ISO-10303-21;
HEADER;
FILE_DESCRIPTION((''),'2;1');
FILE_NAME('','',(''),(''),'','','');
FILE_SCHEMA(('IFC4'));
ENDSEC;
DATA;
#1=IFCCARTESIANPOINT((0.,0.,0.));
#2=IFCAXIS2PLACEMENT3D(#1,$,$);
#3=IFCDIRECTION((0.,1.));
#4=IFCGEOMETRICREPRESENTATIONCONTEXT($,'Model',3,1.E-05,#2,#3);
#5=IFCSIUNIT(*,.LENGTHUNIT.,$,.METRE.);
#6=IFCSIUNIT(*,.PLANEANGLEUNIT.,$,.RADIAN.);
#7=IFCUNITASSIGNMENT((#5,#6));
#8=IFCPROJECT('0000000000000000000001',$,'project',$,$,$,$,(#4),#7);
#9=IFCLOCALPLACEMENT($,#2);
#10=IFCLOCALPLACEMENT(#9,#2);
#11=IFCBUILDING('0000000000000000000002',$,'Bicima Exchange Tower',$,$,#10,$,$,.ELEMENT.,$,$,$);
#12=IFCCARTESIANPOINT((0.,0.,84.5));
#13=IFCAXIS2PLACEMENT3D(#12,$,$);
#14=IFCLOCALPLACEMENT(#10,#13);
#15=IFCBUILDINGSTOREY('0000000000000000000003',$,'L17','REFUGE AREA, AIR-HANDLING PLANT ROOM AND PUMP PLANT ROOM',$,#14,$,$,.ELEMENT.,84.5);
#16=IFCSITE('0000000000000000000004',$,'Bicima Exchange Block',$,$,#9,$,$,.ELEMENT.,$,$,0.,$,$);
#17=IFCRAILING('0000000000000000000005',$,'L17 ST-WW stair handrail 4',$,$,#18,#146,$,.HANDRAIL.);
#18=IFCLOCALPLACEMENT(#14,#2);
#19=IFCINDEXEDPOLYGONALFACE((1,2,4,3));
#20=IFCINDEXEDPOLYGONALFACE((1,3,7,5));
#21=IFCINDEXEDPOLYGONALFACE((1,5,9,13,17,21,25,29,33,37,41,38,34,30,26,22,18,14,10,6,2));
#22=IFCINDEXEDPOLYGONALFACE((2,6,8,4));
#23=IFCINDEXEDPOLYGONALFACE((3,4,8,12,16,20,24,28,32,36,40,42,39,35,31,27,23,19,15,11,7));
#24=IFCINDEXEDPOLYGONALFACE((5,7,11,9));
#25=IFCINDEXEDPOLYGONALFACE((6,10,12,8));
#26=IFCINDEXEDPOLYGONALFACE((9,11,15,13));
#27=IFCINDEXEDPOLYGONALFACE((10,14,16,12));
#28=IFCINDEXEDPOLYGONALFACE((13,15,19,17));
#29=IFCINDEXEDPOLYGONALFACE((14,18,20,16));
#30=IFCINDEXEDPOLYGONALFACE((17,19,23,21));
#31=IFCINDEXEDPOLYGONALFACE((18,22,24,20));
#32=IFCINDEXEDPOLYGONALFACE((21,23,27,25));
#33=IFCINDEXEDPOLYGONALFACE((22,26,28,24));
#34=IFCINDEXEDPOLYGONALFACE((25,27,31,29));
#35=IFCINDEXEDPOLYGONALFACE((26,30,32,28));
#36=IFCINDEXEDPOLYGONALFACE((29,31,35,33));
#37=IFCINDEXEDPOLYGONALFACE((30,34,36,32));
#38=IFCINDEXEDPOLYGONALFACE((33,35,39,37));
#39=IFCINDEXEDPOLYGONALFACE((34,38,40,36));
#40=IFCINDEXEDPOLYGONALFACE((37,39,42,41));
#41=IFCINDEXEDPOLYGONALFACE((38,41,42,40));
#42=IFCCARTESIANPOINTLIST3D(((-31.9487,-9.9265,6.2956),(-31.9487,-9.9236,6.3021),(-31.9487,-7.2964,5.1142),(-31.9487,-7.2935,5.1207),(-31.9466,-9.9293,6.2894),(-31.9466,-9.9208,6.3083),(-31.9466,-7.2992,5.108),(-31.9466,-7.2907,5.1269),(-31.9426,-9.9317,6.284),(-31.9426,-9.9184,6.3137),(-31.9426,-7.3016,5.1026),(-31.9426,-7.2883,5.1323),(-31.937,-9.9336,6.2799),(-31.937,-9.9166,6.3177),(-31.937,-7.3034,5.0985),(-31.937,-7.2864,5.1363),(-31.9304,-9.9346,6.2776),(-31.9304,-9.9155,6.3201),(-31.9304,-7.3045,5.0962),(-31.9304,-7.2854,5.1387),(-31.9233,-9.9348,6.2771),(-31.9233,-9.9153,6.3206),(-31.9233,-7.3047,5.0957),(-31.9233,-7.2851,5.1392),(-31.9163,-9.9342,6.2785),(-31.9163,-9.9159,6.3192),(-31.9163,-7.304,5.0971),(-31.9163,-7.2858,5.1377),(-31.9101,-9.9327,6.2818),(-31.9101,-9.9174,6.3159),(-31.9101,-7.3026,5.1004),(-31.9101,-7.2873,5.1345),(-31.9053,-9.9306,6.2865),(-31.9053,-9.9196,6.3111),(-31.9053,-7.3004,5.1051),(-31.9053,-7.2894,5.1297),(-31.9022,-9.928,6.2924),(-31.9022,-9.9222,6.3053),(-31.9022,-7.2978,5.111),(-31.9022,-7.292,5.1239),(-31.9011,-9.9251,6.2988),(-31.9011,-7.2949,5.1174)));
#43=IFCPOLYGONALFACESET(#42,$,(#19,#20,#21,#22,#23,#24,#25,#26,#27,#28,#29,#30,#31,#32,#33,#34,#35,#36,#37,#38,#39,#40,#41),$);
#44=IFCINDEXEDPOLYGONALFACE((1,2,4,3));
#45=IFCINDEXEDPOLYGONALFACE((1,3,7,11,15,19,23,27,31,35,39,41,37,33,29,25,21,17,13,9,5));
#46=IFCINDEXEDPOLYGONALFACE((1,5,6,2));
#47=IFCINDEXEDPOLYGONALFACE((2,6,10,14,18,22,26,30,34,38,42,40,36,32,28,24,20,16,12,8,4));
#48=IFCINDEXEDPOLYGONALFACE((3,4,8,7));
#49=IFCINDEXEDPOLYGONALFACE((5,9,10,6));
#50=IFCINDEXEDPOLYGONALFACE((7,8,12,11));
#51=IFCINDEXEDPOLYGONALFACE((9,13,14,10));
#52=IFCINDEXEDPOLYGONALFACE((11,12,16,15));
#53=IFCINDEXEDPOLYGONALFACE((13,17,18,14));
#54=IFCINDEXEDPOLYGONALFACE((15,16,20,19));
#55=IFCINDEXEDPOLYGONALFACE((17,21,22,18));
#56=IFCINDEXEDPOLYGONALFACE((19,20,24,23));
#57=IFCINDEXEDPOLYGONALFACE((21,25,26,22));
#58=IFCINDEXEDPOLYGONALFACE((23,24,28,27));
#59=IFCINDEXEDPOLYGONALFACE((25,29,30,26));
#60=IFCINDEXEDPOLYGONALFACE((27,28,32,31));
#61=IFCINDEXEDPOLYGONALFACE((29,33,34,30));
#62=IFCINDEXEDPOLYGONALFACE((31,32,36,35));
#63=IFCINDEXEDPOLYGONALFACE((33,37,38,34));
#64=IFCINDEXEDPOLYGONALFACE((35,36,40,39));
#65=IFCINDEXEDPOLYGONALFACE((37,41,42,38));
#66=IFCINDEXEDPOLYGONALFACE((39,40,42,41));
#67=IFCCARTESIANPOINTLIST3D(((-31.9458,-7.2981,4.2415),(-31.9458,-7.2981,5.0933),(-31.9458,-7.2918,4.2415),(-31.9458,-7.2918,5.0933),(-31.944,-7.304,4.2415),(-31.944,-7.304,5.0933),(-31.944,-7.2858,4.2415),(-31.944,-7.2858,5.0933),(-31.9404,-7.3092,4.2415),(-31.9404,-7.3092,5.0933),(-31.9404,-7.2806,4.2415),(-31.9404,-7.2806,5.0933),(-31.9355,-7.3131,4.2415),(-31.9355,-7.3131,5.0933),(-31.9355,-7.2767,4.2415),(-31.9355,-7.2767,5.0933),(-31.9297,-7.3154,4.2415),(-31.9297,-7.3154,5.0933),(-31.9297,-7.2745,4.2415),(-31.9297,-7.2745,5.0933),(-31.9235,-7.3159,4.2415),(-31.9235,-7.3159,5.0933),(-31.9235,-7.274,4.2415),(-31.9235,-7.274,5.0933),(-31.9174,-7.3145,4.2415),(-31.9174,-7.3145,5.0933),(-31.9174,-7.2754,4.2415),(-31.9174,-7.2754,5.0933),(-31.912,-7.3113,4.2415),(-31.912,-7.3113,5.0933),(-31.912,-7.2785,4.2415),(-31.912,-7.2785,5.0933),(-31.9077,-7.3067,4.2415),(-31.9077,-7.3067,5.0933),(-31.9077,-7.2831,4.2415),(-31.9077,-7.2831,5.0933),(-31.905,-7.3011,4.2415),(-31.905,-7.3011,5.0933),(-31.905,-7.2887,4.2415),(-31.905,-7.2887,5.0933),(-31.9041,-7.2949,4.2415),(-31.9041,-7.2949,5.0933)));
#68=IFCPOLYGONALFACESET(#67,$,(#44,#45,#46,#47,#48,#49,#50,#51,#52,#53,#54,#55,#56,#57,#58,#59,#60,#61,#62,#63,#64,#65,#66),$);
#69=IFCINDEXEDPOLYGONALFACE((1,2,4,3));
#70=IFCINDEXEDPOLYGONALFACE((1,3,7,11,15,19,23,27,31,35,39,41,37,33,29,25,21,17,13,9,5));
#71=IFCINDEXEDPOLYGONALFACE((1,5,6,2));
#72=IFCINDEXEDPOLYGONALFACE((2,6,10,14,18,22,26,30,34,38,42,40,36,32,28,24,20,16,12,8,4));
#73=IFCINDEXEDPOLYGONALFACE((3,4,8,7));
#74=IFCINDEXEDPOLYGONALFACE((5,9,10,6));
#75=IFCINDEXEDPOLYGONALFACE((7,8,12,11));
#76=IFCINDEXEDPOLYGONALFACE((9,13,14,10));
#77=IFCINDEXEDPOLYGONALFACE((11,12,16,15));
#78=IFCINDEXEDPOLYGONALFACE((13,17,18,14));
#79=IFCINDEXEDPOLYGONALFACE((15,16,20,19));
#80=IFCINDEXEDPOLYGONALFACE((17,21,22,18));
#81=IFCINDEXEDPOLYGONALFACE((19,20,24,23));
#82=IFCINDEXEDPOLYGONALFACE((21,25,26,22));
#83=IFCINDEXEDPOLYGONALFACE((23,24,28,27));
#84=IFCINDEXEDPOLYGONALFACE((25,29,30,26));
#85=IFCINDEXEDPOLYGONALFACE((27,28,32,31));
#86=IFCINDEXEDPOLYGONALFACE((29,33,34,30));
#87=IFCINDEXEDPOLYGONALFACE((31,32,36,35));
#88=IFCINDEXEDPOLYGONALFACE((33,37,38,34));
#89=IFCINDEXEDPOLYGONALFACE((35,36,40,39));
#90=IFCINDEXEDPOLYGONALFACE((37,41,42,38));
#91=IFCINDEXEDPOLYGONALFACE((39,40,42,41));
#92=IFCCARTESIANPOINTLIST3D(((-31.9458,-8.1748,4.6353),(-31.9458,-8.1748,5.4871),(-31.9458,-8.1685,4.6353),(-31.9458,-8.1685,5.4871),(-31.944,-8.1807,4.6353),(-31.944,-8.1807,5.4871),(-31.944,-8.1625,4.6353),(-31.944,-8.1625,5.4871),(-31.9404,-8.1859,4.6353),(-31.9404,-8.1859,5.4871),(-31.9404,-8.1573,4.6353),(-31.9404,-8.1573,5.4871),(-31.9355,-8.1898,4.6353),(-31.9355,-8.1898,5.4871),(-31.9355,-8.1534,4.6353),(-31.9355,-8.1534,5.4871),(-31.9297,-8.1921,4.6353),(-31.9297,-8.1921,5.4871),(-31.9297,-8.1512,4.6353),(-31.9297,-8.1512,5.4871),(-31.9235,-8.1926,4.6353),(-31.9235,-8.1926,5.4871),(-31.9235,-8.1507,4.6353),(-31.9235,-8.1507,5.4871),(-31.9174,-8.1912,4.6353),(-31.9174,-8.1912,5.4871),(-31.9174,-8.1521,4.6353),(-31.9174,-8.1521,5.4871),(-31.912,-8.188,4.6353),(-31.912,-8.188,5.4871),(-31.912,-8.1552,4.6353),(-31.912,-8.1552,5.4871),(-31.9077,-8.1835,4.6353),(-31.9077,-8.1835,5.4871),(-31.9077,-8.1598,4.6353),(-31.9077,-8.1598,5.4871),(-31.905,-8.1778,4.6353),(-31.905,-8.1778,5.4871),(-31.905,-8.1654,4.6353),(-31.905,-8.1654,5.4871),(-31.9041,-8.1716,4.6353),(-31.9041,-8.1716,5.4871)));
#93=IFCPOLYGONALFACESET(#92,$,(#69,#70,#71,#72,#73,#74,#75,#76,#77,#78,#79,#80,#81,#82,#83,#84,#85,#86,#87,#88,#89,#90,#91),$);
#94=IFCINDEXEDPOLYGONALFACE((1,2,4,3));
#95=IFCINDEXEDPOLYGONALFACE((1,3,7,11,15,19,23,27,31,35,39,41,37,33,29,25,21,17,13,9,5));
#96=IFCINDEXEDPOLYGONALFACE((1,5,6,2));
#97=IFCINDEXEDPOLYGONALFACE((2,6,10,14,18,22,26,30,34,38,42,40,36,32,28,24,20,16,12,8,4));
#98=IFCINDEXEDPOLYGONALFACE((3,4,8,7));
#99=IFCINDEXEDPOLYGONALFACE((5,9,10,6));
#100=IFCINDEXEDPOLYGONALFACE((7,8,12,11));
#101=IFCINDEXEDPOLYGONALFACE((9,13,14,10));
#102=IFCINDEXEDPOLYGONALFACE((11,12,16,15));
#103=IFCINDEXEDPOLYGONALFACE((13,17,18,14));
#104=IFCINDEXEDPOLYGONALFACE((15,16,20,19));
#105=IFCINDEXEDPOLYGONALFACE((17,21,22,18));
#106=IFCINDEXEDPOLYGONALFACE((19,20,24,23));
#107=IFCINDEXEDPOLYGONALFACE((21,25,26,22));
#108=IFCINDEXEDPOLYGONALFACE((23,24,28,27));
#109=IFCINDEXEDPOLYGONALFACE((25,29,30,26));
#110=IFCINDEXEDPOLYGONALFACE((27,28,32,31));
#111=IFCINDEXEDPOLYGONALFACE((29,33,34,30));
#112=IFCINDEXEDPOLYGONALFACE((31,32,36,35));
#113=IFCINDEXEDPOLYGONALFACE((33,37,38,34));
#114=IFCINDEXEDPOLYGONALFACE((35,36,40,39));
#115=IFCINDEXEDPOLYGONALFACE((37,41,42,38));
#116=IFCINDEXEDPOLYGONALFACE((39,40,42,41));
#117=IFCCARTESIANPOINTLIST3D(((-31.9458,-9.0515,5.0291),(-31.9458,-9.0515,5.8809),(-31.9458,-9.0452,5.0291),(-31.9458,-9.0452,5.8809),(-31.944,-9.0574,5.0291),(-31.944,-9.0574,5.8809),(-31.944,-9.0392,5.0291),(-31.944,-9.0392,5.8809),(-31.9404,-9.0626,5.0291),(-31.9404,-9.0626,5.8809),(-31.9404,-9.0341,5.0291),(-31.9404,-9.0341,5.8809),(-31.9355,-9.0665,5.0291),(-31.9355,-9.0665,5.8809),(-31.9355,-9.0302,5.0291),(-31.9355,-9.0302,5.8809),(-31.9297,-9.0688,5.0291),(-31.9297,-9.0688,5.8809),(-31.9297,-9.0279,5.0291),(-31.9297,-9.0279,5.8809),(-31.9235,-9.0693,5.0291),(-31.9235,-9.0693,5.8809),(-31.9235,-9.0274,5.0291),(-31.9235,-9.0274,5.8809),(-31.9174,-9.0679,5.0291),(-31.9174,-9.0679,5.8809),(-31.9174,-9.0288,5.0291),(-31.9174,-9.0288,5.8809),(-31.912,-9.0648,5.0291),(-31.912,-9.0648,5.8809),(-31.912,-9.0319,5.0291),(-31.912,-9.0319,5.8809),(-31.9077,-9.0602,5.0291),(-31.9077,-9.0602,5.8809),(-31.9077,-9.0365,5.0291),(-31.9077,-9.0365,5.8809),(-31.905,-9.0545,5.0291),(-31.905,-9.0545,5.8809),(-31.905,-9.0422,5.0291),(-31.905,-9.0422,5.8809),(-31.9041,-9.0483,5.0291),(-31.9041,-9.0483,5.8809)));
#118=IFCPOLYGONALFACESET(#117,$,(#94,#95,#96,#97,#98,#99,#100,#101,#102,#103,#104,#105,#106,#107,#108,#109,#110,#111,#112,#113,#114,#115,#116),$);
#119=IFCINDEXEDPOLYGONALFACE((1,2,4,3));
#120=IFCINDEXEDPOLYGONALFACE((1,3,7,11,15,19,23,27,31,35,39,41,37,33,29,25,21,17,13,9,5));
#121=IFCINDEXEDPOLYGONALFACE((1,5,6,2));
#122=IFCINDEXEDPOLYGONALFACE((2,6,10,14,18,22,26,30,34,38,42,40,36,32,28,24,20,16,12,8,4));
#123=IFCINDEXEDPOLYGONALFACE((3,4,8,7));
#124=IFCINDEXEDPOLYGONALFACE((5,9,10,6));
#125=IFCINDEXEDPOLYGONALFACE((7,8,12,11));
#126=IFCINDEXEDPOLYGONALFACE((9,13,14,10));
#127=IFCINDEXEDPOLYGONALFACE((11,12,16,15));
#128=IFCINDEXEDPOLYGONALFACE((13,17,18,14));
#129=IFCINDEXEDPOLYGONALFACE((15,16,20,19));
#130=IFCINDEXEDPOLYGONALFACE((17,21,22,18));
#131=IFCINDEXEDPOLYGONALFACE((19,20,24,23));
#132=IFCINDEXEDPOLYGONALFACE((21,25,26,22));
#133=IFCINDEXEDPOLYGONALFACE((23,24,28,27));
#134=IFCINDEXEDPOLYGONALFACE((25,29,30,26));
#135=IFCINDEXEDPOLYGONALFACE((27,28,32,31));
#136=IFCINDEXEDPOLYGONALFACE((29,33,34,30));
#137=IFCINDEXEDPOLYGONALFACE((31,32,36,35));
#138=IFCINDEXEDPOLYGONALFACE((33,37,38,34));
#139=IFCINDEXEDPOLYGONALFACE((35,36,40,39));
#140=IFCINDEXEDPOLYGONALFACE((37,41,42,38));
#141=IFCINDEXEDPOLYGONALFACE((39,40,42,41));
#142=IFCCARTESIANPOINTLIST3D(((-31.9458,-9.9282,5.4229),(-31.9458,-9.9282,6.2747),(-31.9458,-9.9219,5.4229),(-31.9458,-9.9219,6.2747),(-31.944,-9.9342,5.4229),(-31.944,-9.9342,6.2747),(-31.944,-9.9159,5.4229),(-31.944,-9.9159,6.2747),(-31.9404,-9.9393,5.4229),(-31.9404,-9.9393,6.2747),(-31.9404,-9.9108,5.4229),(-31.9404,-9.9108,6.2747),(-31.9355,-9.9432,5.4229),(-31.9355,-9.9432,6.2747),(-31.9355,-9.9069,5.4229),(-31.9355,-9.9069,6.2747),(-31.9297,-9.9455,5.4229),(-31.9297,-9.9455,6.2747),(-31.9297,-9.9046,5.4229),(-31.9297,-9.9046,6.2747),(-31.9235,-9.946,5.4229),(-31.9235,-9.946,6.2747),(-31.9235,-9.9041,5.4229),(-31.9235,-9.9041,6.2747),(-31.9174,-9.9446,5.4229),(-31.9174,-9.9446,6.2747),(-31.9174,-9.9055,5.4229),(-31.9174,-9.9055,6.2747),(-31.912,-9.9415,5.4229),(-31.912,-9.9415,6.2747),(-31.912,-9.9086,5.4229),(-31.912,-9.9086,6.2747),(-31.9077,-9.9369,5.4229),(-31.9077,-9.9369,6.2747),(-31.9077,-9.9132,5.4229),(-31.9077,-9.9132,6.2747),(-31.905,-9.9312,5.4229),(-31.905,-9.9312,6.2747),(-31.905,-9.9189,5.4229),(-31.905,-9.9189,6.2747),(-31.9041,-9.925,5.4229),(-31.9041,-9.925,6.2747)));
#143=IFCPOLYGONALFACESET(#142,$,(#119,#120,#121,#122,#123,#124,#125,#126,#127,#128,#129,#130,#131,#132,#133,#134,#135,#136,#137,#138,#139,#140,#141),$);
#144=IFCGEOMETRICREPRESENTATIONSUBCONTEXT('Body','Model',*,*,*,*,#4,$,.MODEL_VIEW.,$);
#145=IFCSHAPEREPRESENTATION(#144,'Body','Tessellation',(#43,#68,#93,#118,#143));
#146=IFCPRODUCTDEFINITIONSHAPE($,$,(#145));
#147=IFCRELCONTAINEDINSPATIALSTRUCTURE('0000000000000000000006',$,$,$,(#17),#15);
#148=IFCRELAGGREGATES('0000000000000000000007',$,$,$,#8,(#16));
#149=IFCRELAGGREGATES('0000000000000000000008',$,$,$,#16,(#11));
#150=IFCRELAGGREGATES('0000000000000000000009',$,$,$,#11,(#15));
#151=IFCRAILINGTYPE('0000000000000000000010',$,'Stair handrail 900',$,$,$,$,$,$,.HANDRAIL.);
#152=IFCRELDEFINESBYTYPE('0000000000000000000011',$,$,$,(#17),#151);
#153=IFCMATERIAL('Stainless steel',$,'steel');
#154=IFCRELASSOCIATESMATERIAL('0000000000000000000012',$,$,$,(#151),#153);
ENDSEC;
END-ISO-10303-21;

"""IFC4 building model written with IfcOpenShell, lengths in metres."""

from ifc_helpers import new_model, si_unit, direction, frame, origin, origin_2d, place, context, subcontext, project, spatial, circle, extrude, material, type_object, element, save


model = new_model("IFC4")

# Units and contexts
model_context = context("Model", 3, precision=1e-05, world=origin(), true_north=direction((0.0, 1.0)))
body_context = subcontext(model_context, "Body", "Model", "MODEL_VIEW")
ifc_project = project(units=[si_unit("LENGTHUNIT", "METRE"), si_unit("PLANEANGLEUNIT", "RADIAN")], contexts=[model_context])

# Site, building, storey
site_placement = place(None, origin())
site = spatial("IfcSite", under=ifc_project, at=site_placement, Name="Bicima Exchange Block", CompositionType="ELEMENT", RefElevation=0.0)
building_placement = place(site_placement, origin())
building = spatial("IfcBuilding", under=site, at=building_placement, Name="Bicima Exchange Tower", CompositionType="ELEMENT")
storey_placement = place(building_placement, frame((0.0, 0.0, 84.5)))
storey = spatial("IfcBuildingStorey", under=building, at=storey_placement, Name="L17", Description="REFUGE AREA, AIR-HANDLING PLANT ROOM AND PUMP PLANT ROOM", CompositionType="ELEMENT", Elevation=84.5)

# Railing
ifc_material_1 = material(Name="Stainless steel", Category="steel")
railing_type_1 = type_object("IfcRailingType", Name="Stair handrail 900", PredefinedType="HANDRAIL", material=ifc_material_1)
railing_1_placement = place(storey_placement, frame((-31.925, -7.2949, 4.2415)))
element("IfcRailing", 1, at=railing_1_placement, inside=storey, type_object=railing_type_1, Name="L17 ST-WW stair handrail 4", PredefinedType="HANDRAIL", context=body_context, shape_type="SweptSolid", body=[
    extrude(circle(Radius=0.0239, at=origin_2d()), frame((0.0, 0.0, 0.876), z_axis=(0.0, -0.912202, 0.409741), x_axis=(1.0, 0.0, 0.0)), (0.0, 0.0, 1.0), 2.8833),
    extrude(circle(Radius=0.021, at=origin_2d()), origin(), (0.0, 0.0, 1.0), 0.8518),
    extrude(circle(Radius=0.021, at=origin_2d()), frame((0.0, -0.8767, 0.3938)), (0.0, 0.0, 1.0), 0.8518),
    extrude(circle(Radius=0.021, at=origin_2d()), frame((0.0, -1.7534, 0.7876)), (0.0, 0.0, 1.0), 0.8518),
    extrude(circle(Radius=0.021, at=origin_2d()), frame((0.0, -2.6301, 1.1814)), (0.0, 0.0, 1.0), 0.8518),
])

save(model, "model.ifc")
